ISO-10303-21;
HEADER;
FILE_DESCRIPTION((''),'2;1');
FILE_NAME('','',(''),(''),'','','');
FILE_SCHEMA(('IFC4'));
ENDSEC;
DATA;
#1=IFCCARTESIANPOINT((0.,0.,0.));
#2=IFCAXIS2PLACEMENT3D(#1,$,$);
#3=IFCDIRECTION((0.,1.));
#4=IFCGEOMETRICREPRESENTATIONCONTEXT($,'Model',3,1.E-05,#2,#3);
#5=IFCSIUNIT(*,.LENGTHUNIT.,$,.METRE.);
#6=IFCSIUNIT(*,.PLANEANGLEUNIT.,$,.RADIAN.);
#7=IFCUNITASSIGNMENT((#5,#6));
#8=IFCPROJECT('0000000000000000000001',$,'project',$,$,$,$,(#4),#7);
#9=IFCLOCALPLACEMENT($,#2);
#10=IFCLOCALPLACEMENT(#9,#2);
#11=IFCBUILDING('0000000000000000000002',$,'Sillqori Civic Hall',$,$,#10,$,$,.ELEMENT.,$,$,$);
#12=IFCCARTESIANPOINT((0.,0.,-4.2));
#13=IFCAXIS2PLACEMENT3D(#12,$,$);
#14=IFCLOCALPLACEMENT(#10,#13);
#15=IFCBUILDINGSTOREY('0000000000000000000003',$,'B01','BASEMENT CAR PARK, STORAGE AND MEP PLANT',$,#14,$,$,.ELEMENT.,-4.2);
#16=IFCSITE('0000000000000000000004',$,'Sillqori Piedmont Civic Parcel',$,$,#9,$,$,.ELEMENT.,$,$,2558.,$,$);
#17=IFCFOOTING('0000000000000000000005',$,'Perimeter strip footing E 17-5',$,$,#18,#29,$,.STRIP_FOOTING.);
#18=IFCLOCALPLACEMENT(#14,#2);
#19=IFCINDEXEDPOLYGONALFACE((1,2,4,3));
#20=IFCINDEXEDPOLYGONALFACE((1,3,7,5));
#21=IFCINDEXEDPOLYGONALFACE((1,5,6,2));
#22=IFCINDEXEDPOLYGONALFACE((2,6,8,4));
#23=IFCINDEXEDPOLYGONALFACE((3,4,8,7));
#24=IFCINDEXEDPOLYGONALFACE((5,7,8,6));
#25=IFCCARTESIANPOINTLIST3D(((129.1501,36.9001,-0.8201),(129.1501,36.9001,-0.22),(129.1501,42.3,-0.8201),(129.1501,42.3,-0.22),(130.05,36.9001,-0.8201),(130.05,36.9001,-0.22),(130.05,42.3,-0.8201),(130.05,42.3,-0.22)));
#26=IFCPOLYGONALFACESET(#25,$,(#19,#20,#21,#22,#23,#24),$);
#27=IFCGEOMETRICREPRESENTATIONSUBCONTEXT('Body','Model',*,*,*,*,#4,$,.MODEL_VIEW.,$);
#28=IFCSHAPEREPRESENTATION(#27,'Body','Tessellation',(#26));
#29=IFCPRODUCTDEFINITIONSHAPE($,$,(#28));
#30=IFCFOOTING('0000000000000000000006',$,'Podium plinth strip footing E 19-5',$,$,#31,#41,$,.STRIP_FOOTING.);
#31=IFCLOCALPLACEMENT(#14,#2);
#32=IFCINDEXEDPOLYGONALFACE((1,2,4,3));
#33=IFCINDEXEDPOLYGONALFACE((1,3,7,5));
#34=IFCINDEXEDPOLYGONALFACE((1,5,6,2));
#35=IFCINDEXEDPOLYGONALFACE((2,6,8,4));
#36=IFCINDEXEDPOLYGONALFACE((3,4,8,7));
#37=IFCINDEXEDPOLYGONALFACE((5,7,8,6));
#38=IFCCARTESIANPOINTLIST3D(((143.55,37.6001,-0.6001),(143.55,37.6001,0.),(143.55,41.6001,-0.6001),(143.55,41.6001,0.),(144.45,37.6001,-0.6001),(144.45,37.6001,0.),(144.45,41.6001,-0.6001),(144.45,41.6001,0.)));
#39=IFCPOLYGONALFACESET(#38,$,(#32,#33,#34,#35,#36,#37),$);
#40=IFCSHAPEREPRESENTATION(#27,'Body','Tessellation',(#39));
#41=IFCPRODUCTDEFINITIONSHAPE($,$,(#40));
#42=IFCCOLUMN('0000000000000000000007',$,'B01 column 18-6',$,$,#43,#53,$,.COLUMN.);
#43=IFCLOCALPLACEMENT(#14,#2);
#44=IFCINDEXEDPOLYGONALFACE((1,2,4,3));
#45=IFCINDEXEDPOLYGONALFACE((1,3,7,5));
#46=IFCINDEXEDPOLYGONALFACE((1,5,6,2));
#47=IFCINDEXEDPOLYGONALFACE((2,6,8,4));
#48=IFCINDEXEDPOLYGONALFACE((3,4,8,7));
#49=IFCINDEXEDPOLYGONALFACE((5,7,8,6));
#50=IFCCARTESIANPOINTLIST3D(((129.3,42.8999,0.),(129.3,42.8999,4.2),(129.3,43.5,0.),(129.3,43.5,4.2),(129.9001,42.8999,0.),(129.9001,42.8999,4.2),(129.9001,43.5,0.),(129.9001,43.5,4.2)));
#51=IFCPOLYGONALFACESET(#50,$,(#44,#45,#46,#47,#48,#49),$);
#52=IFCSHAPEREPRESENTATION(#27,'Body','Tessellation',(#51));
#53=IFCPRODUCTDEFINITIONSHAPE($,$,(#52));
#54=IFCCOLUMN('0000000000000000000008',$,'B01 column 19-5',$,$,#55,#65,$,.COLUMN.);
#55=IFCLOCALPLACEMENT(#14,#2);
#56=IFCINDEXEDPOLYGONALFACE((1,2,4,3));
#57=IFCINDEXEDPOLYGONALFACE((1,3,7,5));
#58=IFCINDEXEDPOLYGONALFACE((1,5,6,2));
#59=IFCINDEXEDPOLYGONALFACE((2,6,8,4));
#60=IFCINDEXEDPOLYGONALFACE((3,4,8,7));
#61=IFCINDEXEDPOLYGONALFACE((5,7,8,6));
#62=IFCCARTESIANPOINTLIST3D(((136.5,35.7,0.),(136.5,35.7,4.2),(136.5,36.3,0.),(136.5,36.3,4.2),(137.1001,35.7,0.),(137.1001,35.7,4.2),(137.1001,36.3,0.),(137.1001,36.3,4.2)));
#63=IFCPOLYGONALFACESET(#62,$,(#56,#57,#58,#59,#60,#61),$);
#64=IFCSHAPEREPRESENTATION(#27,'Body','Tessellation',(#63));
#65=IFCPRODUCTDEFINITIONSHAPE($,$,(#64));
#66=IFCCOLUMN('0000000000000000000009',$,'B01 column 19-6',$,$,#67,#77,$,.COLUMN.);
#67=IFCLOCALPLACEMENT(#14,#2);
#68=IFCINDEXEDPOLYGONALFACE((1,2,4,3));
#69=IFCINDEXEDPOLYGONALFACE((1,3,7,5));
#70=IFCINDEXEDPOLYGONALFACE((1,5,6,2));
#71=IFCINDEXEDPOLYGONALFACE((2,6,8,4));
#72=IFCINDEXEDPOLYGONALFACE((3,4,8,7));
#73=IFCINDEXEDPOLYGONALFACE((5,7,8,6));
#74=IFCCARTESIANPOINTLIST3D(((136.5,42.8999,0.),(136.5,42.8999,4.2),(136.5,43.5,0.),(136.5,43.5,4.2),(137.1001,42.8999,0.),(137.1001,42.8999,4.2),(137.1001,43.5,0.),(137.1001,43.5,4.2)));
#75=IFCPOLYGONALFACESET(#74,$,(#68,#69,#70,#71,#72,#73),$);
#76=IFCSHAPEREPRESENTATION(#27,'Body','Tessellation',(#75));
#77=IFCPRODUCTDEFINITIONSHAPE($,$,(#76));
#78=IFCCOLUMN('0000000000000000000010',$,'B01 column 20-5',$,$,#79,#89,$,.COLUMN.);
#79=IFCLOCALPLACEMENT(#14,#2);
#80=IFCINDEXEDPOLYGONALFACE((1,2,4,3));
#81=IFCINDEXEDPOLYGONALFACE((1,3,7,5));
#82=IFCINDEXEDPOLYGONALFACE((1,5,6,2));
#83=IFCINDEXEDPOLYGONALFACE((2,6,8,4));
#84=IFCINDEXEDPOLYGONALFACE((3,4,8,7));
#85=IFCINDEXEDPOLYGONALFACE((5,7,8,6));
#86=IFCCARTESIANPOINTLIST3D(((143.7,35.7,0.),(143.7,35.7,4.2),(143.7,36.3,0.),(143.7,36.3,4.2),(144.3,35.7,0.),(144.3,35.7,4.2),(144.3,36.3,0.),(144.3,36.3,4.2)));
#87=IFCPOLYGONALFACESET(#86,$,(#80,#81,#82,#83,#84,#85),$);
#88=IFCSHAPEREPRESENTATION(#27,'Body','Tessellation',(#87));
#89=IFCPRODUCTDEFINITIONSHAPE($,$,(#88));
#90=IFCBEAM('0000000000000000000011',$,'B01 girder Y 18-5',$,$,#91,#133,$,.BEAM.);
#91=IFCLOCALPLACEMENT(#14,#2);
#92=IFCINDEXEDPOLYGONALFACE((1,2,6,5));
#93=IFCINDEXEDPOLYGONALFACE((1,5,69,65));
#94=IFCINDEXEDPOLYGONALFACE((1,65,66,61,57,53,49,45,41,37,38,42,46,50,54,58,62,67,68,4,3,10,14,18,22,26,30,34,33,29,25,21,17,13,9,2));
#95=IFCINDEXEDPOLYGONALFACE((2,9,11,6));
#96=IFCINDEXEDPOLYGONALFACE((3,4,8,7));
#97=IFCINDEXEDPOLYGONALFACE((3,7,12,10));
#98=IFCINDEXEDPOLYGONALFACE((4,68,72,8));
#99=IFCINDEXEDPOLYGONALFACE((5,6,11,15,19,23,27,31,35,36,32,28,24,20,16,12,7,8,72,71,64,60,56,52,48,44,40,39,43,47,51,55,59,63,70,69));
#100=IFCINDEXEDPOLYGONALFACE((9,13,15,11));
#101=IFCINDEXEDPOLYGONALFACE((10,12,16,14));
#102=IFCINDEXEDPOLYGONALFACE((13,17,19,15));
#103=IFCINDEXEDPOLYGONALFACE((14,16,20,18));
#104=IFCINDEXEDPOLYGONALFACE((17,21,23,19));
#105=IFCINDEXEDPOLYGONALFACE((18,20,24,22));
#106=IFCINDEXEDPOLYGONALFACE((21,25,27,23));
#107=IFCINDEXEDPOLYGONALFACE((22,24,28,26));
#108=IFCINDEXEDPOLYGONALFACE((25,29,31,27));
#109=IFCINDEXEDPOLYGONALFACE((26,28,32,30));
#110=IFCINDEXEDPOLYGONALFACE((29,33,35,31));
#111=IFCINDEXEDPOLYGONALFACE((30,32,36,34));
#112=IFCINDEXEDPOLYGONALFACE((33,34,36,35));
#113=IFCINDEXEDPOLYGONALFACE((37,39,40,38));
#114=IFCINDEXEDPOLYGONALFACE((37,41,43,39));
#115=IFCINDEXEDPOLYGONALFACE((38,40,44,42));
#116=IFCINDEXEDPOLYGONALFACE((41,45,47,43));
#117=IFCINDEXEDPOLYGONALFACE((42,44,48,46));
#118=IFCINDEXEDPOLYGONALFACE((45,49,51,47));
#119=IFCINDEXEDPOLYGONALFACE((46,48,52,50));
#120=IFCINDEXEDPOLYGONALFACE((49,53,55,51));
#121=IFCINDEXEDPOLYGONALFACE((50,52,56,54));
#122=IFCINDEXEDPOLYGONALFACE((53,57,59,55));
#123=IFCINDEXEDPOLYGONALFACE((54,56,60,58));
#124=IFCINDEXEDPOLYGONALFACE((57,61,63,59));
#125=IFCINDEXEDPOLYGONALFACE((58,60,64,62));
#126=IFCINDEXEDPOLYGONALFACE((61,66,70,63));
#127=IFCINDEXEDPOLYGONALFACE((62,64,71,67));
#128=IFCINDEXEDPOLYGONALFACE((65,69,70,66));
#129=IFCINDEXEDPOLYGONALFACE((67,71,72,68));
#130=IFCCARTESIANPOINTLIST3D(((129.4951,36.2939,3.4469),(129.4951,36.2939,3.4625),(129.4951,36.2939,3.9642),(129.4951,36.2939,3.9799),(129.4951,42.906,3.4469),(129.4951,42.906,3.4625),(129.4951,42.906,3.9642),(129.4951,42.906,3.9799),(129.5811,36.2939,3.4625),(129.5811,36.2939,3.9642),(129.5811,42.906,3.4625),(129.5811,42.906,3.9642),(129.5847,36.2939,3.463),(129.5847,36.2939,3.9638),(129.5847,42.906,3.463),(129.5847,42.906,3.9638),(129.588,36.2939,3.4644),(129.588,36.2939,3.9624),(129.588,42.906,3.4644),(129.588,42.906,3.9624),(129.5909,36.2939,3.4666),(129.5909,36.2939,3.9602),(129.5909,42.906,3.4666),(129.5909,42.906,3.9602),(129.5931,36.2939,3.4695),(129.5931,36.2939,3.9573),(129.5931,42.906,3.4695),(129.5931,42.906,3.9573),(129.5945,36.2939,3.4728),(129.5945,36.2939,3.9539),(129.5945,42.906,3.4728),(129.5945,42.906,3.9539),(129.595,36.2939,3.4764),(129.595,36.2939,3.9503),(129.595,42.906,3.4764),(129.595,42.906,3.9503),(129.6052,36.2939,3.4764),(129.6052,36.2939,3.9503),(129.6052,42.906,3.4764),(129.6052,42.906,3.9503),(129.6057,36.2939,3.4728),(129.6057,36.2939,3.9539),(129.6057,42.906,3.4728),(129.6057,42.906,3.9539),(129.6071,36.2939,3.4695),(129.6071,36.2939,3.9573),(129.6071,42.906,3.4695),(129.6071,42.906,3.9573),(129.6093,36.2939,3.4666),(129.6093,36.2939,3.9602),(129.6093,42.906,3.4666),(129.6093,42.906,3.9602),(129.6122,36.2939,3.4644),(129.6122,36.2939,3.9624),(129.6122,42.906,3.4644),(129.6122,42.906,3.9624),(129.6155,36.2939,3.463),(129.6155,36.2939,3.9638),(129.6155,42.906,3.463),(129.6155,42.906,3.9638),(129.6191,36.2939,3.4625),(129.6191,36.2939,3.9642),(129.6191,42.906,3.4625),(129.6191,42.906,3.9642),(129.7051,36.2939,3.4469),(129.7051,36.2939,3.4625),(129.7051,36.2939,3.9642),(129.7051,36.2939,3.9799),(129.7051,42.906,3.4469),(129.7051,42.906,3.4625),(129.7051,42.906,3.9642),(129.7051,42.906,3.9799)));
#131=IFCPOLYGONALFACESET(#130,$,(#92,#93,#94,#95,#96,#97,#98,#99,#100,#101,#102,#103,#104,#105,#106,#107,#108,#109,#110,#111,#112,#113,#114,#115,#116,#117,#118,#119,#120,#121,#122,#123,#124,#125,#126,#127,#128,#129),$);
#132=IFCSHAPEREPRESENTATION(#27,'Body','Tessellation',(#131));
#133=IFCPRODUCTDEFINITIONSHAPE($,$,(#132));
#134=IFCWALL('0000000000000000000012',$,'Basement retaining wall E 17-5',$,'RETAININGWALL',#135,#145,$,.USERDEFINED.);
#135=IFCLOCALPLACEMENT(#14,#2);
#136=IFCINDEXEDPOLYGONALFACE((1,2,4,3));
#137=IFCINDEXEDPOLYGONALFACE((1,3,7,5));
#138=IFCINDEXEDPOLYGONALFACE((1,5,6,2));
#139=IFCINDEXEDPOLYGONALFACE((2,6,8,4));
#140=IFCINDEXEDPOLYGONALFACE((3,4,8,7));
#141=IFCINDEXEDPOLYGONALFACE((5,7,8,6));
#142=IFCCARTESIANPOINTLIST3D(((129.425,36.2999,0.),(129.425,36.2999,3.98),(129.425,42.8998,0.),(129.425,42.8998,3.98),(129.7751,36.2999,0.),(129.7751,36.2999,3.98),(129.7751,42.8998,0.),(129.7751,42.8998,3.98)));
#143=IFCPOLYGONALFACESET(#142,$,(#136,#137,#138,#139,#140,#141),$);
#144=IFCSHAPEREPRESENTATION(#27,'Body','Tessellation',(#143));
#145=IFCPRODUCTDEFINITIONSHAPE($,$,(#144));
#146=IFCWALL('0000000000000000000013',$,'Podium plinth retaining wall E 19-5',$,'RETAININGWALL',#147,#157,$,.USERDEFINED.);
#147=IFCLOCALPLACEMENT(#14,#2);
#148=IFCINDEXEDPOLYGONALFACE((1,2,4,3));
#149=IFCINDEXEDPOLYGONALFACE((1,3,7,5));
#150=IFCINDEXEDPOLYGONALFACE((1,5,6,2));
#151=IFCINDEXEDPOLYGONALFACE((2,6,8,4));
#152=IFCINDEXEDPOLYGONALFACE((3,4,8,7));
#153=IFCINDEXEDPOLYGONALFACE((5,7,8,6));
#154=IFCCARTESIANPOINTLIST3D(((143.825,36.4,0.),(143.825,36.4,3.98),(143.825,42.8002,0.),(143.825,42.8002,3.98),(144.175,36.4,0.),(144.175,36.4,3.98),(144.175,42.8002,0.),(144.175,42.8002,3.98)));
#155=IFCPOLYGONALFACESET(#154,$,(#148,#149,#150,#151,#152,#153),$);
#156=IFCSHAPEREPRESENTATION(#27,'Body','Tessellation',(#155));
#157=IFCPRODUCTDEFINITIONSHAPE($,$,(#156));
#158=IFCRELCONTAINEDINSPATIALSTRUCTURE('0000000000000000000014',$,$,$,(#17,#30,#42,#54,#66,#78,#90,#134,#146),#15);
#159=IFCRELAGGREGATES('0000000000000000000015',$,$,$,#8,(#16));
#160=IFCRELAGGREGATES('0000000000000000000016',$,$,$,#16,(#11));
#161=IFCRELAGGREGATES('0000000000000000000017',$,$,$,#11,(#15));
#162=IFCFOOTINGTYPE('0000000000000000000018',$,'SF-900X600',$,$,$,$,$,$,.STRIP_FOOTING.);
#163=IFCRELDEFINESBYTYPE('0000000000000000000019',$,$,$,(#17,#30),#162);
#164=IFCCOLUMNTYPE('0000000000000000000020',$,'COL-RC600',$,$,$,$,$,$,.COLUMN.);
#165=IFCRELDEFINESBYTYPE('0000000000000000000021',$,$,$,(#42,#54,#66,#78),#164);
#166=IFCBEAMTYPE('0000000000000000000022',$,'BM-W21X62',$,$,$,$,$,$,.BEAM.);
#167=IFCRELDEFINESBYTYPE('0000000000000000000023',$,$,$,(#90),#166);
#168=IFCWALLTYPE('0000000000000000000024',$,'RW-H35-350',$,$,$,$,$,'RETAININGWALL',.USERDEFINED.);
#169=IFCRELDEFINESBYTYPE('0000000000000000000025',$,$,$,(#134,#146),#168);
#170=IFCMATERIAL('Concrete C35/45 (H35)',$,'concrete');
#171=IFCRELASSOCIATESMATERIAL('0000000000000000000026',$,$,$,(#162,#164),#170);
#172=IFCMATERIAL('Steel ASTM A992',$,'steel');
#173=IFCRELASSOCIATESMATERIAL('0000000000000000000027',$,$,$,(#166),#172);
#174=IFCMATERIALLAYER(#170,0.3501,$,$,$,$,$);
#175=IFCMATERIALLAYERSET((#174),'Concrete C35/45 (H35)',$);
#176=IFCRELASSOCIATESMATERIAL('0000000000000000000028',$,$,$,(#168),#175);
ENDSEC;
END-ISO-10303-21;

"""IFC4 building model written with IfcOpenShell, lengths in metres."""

from ifc_helpers import new_model, si_unit, direction, frame, frame_2d, origin, origin_2d, place, context, subcontext, project, spatial, rectangle, i_section, extrude, material, layer, layer_set, material_profile, profile_set, type_object, element, save


model = new_model("IFC4")

# Units and contexts
model_context = context("Model", 3, precision=1e-05, world=origin(), true_north=direction((0.0, 1.0)))
body_context = subcontext(model_context, "Body", "Model", "MODEL_VIEW")
ifc_project = project(units=[si_unit("LENGTHUNIT", "METRE"), si_unit("PLANEANGLEUNIT", "RADIAN")], contexts=[model_context])

# Site, building, storey
site_placement = place(None, origin())
site = spatial("IfcSite", under=ifc_project, at=site_placement, Name="Sillqori Piedmont Civic Parcel", CompositionType="ELEMENT", RefElevation=2558.0)
building_placement = place(site_placement, origin())
building = spatial("IfcBuilding", under=site, at=building_placement, Name="Sillqori Civic Hall", CompositionType="ELEMENT")
storey_placement = place(building_placement, frame((0.0, 0.0, -4.2)))
storey = spatial("IfcBuildingStorey", under=building, at=storey_placement, Name="B01", Description="BASEMENT CAR PARK, STORAGE AND MEP PLANT", CompositionType="ELEMENT", Elevation=-4.2)

# Shared definitions
ifc_material_1 = material(Name="Concrete C35/45 (H35)", Category="concrete")

# Footings
footing_type_1 = type_object("IfcFootingType", Name="SF-900X600", PredefinedType="STRIP_FOOTING", material=ifc_material_1)
footing_1_placement = place(storey_placement, frame((129.6001, 39.6001, -0.8201), z_axis=(0.0, 0.0, 1.0), x_axis=(1.0, 0.0, 0.0)))
element("IfcFooting", 1, at=footing_1_placement, inside=storey, type_object=footing_type_1, Name="Perimeter strip footing E 17-5", PredefinedType="STRIP_FOOTING", context=body_context, shape_type="SweptSolid", body=[
    extrude(rectangle(XDim=0.8999, YDim=5.3999, at=origin_2d()), origin(), (0.0, 0.0, 1.0), 0.6001),
])
footing_2_placement = place(storey_placement, frame((144.0, 39.6001, -0.6001), z_axis=(0.0, 0.0, 1.0), x_axis=(1.0, 0.0, 0.0)))
element("IfcFooting", 2, at=footing_2_placement, inside=storey, type_object=footing_type_1, Name="Podium plinth strip footing E 19-5", PredefinedType="STRIP_FOOTING", context=body_context, shape_type="SweptSolid", body=[
    extrude(rectangle(XDim=0.8999, YDim=4.0, at=origin_2d()), origin(), (0.0, 0.0, 1.0), 0.6001),
])

# Columns
ifc_material_profile_1 = material_profile(ifc_material_1, rectangle(XDim=0.6001, YDim=0.6001, at=origin_2d()), Name="RC 600x600")
ifc_profile_set_1 = profile_set([ifc_material_profile_1], Name="Concrete C35/45 (H35)")
column_type = type_object("IfcColumnType", Name="COL-RC600", PredefinedType="COLUMN", material=ifc_profile_set_1)
for number, where, z_axis, x_axis, name in (
    (3, (129.6001, 43.2, 0.0), (0.0, 0.0, 1.0), (1.0, 0.0, 0.0), "B01 column 18-6"),
    (4, (136.8, 36.0, 0.0), (0.0, 0.0, 1.0), (1.0, 0.0, 0.0), "B01 column 19-5"),
    (5, (136.8, 43.2, 0.0), (0.0, 0.0, 1.0), (1.0, 0.0, 0.0), "B01 column 19-6"),
    (6, (144.0, 36.0, 0.0), (0.0, 0.0, 1.0), (1.0, 0.0, 0.0), "B01 column 20-5"),
):
    element("IfcColumn", number, at=place(storey_placement, frame(where, z_axis=z_axis, x_axis=x_axis)), inside=storey, type_object=column_type, Name=name, PredefinedType="COLUMN", context=body_context, shape_type="SweptSolid", body=[
        extrude(rectangle(XDim=0.6001, YDim=0.6001, at=origin_2d()), origin(), (0.0, 0.0, 1.0), 4.2),
    ])

# Beam
ifc_material_2 = material(Name="Steel ASTM A992", Category="steel")
ifc_material_profile_2 = material_profile(ifc_material_2, i_section(OverallWidth=0.21, OverallDepth=0.533, WebThickness=0.0103, FlangeThickness=0.0156, FilletRadius=0.0139, at=origin_2d()), Name="W21X62")
ifc_profile_set_2 = profile_set([ifc_material_profile_2], Name="Steel ASTM A992")
beam_type = type_object("IfcBeamType", Name="BM-W21X62", PredefinedType="BEAM", material=ifc_profile_set_2)
beam_placement = place(storey_placement, frame((129.6001, 36.2939, 3.7134), z_axis=(0.0, 1.0, 0.0), x_axis=(-1.0, 0.0, 0.0)))
element("IfcBeam", 7, at=beam_placement, inside=storey, type_object=beam_type, Name="B01 girder Y 18-5", PredefinedType="BEAM", context=body_context, shape_type="SweptSolid", body=[
    extrude(i_section(OverallWidth=0.21, OverallDepth=0.533, WebThickness=0.0103, FlangeThickness=0.0156, FilletRadius=0.0139, at=origin_2d()), origin(), (0.0, 0.0, 1.0), 6.6121),
])

# Walls
ifc_layer = layer(ifc_material_1, 0.3501)
ifc_layer_set = layer_set([ifc_layer], Name="Concrete C35/45 (H35)")
wall_type = type_object("IfcWallType", Name="RW-H35-350", ElementType="RETAININGWALL", PredefinedType="USERDEFINED", material=ifc_layer_set)
wall_1_placement = place(storey_placement, frame((129.6001, 36.3, 0.0), z_axis=(0.0, 0.0, 1.0), x_axis=(0.0, 1.0, 0.0)))
element("IfcWall", 8, at=wall_1_placement, inside=storey, type_object=wall_type, Name="Basement retaining wall E 17-5", ObjectType="RETAININGWALL", PredefinedType="USERDEFINED", context=body_context, shape_type="SweptSolid", body=[
    extrude(rectangle(XDim=6.5999, YDim=0.3501, at=frame_2d((3.2998, 0.0))), origin(), (0.0, 0.0, 1.0), 3.98),
])
wall_2_placement = place(storey_placement, frame((144.0, 36.3999, 0.0), z_axis=(0.0, 0.0, 1.0), x_axis=(0.0, 1.0, 0.0)))
element("IfcWall", 9, at=wall_2_placement, inside=storey, type_object=wall_type, Name="Podium plinth retaining wall E 19-5", ObjectType="RETAININGWALL", PredefinedType="USERDEFINED", context=body_context, shape_type="SweptSolid", body=[
    extrude(rectangle(XDim=6.4001, YDim=0.3501, at=frame_2d((3.2002, 0.0))), origin(), (0.0, 0.0, 1.0), 3.98),
])

save(model, "model.ifc")
